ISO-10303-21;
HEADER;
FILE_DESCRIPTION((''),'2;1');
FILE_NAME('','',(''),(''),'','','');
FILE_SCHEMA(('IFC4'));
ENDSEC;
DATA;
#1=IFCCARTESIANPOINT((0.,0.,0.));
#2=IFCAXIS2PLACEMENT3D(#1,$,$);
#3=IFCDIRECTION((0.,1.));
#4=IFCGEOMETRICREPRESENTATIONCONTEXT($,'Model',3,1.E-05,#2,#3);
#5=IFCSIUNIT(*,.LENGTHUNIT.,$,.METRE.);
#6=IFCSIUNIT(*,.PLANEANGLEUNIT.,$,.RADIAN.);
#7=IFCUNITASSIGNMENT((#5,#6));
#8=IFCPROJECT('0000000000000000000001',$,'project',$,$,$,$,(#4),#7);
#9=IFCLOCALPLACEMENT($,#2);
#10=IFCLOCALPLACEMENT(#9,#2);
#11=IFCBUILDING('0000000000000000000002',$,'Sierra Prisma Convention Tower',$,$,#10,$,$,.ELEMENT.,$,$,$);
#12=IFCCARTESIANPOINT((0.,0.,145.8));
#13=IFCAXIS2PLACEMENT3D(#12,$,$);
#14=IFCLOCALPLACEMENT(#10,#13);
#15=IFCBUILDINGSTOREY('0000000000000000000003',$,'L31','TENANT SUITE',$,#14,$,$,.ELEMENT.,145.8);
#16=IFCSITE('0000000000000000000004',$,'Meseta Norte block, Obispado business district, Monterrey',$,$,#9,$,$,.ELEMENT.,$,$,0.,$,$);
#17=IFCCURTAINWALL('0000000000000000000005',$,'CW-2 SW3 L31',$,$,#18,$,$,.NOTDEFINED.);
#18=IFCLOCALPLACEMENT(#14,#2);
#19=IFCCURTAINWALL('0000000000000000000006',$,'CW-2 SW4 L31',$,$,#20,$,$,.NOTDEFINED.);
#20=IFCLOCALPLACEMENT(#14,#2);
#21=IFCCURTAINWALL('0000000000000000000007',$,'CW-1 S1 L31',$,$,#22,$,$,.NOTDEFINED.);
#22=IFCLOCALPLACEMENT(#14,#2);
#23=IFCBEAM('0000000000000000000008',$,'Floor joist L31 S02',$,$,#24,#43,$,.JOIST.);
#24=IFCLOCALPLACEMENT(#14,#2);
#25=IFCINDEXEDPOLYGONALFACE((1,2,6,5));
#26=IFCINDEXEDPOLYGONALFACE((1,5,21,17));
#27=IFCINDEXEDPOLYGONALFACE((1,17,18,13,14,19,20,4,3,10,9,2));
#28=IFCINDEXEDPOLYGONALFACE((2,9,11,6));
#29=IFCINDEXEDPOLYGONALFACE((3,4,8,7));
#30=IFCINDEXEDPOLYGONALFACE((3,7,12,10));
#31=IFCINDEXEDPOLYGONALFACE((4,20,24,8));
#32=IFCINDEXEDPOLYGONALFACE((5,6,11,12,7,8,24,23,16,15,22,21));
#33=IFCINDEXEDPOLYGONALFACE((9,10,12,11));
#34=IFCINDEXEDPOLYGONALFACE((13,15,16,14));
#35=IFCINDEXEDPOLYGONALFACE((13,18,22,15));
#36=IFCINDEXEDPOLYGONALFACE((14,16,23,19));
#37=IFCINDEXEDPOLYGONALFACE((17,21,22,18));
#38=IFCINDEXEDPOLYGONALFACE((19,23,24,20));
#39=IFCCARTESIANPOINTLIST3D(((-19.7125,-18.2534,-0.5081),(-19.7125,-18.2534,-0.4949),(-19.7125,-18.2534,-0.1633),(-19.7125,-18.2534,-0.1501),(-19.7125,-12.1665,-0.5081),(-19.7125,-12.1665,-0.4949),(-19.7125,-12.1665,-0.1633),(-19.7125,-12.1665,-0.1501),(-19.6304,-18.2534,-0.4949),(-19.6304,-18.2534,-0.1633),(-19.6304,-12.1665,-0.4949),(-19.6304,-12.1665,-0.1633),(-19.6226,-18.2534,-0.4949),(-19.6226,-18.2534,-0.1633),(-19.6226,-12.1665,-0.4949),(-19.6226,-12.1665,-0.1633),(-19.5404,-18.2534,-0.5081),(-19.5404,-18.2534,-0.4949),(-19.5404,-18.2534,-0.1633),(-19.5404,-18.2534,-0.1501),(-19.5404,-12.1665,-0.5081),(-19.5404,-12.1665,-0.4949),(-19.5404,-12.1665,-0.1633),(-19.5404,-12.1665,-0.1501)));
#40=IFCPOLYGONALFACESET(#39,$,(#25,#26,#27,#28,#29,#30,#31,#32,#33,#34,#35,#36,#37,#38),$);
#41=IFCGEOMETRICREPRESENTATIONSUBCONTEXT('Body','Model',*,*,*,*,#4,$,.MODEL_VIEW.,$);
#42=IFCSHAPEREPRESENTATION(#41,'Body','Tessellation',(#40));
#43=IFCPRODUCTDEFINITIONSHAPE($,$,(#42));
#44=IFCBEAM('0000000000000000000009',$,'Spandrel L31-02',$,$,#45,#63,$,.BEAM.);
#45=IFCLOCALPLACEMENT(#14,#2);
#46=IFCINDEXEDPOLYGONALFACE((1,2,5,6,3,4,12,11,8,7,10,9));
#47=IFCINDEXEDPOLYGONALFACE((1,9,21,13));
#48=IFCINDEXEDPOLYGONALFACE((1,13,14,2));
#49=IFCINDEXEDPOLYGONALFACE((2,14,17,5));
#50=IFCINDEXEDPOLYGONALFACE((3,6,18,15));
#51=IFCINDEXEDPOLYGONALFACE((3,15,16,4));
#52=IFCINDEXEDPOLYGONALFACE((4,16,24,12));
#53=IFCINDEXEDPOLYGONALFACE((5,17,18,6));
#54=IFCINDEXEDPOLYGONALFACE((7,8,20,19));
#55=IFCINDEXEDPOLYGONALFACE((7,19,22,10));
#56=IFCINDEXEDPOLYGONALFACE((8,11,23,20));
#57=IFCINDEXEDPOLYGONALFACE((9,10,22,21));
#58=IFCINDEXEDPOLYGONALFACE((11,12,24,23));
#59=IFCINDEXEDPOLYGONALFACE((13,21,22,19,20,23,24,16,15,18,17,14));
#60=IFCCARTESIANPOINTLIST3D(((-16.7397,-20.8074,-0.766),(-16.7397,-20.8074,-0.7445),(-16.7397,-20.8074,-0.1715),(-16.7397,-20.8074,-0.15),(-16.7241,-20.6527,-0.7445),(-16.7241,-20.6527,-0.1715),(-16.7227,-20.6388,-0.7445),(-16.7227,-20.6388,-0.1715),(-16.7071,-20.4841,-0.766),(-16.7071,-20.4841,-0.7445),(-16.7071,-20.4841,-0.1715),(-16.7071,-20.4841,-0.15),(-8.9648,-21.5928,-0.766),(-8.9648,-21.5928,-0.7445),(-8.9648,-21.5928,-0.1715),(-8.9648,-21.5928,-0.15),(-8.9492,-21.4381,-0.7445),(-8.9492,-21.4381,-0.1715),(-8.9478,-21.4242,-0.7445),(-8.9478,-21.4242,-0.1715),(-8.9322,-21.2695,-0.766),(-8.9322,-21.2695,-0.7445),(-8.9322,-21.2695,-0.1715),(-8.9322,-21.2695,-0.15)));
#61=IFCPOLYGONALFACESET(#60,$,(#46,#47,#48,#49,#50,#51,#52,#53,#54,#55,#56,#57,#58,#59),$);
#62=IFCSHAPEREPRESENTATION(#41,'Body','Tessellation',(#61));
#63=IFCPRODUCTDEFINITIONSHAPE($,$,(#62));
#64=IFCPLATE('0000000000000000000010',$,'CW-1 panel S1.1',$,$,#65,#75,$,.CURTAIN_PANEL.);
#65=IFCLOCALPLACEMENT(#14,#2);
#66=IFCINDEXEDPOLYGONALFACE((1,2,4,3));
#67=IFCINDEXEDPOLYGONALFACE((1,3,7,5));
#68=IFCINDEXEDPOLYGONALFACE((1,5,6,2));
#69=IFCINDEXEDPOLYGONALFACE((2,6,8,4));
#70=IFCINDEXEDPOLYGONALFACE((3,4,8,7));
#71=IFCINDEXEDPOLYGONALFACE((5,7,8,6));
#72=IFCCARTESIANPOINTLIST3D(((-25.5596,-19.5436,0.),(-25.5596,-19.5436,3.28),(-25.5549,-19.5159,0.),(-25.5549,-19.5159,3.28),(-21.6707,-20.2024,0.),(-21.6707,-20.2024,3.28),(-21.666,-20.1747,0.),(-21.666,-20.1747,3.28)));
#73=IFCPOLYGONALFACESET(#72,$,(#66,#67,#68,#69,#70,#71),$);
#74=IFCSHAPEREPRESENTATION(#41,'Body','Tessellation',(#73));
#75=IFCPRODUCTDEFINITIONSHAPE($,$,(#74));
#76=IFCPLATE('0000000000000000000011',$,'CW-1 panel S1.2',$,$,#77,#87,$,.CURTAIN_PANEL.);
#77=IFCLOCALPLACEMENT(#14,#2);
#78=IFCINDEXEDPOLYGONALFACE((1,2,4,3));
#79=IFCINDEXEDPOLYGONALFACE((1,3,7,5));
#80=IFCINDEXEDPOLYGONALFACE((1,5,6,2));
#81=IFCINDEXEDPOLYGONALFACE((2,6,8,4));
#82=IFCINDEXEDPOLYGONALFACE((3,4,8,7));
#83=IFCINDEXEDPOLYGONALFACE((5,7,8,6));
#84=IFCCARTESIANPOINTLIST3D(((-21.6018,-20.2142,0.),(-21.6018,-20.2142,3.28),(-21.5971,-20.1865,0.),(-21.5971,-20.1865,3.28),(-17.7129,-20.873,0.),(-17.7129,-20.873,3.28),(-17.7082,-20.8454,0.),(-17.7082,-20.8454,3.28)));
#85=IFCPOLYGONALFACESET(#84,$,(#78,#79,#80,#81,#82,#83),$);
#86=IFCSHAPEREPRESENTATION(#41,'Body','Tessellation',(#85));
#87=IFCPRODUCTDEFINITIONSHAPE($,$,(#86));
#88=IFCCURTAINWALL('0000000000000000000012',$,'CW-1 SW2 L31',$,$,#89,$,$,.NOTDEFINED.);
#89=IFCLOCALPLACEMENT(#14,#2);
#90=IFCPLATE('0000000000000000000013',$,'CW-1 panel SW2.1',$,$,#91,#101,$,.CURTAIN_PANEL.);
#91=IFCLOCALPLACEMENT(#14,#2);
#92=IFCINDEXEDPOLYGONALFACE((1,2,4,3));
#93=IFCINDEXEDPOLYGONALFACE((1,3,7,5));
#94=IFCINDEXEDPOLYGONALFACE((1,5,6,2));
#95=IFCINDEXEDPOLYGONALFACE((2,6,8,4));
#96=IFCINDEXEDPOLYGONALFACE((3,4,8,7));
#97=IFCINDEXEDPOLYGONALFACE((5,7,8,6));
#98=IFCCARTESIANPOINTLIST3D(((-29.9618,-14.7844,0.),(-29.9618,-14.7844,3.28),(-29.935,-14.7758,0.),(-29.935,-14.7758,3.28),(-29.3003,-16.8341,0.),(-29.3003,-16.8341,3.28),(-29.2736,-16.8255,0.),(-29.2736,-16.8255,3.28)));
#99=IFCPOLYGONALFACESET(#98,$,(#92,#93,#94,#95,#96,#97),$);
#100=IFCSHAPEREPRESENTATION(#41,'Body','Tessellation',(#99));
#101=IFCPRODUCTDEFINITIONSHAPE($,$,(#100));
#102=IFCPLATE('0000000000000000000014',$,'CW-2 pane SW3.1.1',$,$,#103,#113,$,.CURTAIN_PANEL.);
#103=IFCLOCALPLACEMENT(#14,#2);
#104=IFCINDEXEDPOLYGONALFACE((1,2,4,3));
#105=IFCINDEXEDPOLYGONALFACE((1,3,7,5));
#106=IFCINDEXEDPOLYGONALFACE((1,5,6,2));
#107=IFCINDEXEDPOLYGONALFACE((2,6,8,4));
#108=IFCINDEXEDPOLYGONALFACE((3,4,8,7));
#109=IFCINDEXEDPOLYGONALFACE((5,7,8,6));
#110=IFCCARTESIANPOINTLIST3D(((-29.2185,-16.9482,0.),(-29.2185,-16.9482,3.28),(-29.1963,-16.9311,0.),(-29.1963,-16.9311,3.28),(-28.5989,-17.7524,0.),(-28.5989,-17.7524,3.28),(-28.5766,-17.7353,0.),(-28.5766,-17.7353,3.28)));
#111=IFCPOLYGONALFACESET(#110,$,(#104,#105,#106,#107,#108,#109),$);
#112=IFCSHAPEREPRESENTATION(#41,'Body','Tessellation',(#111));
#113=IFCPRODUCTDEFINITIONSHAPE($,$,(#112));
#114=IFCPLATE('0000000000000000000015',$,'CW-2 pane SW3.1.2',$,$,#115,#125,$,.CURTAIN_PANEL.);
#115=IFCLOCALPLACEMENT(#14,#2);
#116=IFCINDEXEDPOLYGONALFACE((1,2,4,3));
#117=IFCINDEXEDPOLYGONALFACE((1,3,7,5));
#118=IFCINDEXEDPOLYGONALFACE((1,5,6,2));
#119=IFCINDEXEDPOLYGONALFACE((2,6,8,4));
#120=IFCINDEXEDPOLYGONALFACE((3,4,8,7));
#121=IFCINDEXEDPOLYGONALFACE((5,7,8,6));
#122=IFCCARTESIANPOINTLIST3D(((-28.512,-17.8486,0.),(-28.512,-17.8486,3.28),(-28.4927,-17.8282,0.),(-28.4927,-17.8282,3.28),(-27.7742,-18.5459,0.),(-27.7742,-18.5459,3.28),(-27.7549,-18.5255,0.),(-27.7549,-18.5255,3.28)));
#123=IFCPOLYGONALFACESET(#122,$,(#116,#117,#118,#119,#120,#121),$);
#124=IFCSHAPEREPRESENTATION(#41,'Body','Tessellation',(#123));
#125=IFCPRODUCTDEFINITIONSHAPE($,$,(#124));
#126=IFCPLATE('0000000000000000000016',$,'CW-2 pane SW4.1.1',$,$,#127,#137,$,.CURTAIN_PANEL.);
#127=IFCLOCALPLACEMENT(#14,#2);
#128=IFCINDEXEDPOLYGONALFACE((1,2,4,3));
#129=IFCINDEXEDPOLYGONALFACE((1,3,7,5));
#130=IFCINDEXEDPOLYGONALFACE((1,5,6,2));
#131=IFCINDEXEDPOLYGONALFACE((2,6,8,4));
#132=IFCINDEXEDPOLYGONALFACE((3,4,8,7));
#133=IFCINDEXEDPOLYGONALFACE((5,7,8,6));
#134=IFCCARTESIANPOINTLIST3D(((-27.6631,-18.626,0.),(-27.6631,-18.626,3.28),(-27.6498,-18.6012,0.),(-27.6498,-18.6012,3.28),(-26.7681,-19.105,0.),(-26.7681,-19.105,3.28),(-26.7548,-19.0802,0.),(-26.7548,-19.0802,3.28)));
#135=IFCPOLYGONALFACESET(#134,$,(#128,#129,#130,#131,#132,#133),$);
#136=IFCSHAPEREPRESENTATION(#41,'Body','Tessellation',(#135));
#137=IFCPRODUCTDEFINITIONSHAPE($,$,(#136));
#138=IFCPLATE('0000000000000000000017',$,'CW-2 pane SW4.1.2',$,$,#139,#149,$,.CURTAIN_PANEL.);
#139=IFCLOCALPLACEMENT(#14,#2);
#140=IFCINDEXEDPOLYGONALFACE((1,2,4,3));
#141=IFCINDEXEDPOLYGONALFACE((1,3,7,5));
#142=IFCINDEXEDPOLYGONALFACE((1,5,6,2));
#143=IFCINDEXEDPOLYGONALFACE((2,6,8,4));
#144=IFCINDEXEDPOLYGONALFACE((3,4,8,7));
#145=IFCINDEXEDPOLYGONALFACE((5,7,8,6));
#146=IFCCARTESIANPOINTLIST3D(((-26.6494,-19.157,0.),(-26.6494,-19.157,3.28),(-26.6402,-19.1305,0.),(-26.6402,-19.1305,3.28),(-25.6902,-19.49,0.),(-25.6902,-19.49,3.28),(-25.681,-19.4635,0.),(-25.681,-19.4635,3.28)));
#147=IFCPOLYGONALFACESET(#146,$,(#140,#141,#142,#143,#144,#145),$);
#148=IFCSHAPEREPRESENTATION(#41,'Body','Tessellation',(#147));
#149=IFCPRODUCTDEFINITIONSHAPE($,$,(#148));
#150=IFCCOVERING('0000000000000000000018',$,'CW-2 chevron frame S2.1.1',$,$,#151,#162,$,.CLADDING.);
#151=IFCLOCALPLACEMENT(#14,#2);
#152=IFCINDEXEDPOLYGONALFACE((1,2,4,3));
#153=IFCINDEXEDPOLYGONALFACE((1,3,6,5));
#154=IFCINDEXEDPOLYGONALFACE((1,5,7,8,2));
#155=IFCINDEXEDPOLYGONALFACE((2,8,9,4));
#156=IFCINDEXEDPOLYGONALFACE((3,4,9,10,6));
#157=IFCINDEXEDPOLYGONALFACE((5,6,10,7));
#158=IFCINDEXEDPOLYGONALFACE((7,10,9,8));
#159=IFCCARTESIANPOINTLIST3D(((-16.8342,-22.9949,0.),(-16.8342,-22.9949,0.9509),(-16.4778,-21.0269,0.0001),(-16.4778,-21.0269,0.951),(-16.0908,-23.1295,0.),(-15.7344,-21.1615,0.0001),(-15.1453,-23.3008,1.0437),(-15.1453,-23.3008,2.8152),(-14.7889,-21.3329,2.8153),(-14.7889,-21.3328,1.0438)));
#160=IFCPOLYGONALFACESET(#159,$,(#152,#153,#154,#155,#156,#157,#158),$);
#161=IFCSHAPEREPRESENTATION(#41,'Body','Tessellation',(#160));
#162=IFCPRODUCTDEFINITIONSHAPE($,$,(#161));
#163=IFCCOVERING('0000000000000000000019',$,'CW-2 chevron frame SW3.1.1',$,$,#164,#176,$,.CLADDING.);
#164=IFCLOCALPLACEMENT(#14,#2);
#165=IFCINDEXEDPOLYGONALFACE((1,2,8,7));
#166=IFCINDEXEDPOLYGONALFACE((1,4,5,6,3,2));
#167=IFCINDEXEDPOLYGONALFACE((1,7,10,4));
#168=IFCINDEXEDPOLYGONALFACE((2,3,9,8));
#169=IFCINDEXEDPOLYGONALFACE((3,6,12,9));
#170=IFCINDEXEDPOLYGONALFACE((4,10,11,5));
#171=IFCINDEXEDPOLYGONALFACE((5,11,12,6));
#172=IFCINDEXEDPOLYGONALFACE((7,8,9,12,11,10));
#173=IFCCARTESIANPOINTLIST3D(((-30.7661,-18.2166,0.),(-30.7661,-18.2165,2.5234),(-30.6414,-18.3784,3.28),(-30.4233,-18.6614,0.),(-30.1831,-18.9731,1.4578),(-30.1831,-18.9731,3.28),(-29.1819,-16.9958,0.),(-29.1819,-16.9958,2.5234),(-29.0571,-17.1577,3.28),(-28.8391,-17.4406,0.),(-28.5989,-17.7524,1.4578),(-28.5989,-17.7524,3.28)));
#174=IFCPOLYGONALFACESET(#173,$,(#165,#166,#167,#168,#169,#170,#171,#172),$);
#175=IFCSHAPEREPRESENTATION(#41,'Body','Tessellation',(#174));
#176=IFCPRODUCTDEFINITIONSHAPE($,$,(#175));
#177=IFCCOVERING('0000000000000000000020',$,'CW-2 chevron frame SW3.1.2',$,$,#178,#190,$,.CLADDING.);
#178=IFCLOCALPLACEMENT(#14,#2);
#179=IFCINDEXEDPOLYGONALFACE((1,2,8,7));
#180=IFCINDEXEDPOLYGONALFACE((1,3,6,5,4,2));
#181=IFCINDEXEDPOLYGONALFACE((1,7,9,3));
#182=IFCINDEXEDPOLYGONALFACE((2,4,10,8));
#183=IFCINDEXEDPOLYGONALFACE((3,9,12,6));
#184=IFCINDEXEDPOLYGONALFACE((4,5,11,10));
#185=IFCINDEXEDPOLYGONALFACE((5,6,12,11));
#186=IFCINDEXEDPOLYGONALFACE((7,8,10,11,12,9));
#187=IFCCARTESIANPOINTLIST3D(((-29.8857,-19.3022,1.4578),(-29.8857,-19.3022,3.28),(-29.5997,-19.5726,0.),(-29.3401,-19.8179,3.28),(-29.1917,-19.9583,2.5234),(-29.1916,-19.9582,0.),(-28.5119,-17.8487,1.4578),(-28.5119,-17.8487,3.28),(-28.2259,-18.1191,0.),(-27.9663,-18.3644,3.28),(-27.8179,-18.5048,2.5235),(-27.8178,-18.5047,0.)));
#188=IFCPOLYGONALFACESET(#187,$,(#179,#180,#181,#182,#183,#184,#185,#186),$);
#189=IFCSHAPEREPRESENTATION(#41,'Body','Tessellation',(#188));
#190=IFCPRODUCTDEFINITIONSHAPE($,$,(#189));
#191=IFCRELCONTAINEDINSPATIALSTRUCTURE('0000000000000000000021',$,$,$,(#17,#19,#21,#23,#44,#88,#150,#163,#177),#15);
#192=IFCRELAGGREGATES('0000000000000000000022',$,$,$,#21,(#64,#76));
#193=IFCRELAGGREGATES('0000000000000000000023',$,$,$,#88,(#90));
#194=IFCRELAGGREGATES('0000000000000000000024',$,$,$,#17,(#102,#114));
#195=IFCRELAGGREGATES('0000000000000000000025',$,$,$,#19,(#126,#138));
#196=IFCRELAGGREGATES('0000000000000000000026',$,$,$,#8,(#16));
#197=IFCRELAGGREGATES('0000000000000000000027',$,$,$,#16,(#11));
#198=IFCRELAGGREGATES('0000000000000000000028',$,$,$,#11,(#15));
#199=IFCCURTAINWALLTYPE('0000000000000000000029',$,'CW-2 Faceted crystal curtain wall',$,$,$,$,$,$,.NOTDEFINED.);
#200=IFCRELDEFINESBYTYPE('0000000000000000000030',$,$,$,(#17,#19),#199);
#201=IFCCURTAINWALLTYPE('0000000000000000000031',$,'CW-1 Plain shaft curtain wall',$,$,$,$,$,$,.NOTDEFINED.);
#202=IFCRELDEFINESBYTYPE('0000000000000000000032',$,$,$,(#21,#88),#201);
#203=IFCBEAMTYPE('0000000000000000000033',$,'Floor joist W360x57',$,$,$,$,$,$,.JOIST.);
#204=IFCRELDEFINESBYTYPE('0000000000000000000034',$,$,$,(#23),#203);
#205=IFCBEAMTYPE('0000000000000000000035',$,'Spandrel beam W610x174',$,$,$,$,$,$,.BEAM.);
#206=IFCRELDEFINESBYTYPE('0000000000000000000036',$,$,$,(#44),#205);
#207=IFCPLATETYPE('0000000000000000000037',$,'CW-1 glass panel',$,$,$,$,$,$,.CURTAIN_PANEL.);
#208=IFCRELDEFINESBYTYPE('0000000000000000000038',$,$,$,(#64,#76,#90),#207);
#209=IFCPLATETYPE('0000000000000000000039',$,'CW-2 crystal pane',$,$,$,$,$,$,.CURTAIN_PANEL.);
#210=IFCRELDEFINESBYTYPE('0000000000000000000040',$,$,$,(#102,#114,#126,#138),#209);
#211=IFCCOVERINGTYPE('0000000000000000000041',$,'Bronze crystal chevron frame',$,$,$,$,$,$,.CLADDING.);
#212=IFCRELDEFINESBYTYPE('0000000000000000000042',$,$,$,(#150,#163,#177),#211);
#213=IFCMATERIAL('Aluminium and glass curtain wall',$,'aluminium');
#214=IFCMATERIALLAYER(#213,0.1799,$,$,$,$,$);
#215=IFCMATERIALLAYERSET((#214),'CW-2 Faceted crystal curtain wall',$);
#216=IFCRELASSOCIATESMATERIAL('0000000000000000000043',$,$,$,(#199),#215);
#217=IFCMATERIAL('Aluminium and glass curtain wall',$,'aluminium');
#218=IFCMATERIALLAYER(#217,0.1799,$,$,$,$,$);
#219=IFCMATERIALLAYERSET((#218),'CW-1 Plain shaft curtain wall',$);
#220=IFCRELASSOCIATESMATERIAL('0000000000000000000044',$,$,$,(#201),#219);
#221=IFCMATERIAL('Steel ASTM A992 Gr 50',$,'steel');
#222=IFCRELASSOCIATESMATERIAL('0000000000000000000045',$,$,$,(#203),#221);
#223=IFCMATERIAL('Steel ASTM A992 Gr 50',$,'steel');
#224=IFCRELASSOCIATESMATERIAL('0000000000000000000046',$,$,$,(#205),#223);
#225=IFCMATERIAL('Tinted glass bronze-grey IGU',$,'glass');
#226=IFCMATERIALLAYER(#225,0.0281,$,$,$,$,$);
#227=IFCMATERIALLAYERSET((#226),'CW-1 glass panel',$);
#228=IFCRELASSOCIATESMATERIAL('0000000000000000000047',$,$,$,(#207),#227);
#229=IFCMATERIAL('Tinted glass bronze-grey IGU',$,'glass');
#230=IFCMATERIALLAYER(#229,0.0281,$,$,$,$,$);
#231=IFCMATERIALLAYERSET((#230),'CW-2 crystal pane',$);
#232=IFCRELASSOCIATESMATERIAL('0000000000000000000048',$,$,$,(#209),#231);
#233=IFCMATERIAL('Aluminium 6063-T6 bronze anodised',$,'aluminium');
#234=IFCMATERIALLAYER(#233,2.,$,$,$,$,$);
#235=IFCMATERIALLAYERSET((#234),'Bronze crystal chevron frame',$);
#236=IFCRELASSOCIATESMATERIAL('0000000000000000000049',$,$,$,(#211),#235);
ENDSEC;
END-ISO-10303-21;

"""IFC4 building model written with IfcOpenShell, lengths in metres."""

from ifc_helpers import new_model, si_unit, direction, frame, origin, origin_2d, place, context, subcontext, project, spatial, polyline, rectangle, i_section, outline, extrude, material, layer, layer_set, material_profile, profile_set, type_object, element, aggregate, save


model = new_model("IFC4")

# Units and contexts
model_context = context("Model", 3, precision=1e-05, world=origin(), true_north=direction((0.0, 1.0)))
body_context = subcontext(model_context, "Body", "Model", "MODEL_VIEW")
ifc_project = project(units=[si_unit("LENGTHUNIT", "METRE"), si_unit("PLANEANGLEUNIT", "RADIAN")], contexts=[model_context])

# Site, building, storey
site_placement = place(None, origin())
site = spatial("IfcSite", under=ifc_project, at=site_placement, Name="Meseta Norte block, Obispado business district, Monterrey", CompositionType="ELEMENT", RefElevation=0.0)
building_placement = place(site_placement, origin())
building = spatial("IfcBuilding", under=site, at=building_placement, Name="Sierra Prisma Convention Tower", CompositionType="ELEMENT")
storey_placement = place(building_placement, frame((0.0, 0.0, 145.8)))
storey = spatial("IfcBuildingStorey", under=building, at=storey_placement, Name="L31", Description="TENANT SUITE", CompositionType="ELEMENT", Elevation=145.8)

# Curtain walls
ifc_material_1 = material(Name="Aluminium and glass curtain wall", Category="aluminium")
ifc_layer_1 = layer(ifc_material_1, 0.1799)
ifc_layer_set_1 = layer_set([ifc_layer_1], Name="CW-2 Faceted crystal curtain wall")
curtain_wall_type_1 = type_object("IfcCurtainWallType", Name="CW-2 Faceted crystal curtain wall", PredefinedType="NOTDEFINED", material=ifc_layer_set_1)
curtain_wall_1_placement = place(storey_placement, origin())
curtain_wall_1 = element("IfcCurtainWall", 1, at=curtain_wall_1_placement, inside=storey, type_object=curtain_wall_type_1, Name="CW-2 SW3 L31", PredefinedType="NOTDEFINED")
curtain_wall_2_placement = place(storey_placement, origin())
curtain_wall_2 = element("IfcCurtainWall", 2, at=curtain_wall_2_placement, inside=storey, type_object=curtain_wall_type_1, Name="CW-2 SW4 L31", PredefinedType="NOTDEFINED")

# Curtain wall
ifc_material_2 = material(Name="Aluminium and glass curtain wall", Category="aluminium")
ifc_layer_2 = layer(ifc_material_2, 0.1799)
ifc_layer_set_2 = layer_set([ifc_layer_2], Name="CW-1 Plain shaft curtain wall")
curtain_wall_type_2 = type_object("IfcCurtainWallType", Name="CW-1 Plain shaft curtain wall", PredefinedType="NOTDEFINED", material=ifc_layer_set_2)
curtain_wall_3_placement = place(storey_placement, origin())
curtain_wall_3 = element("IfcCurtainWall", 3, at=curtain_wall_3_placement, inside=storey, type_object=curtain_wall_type_2, Name="CW-1 S1 L31", PredefinedType="NOTDEFINED")

# Beams
ifc_material_3 = material(Name="Steel ASTM A992 Gr 50", Category="steel")
ifc_material_profile_1 = material_profile(ifc_material_3, i_section(OverallWidth=0.1721, OverallDepth=0.3579, WebThickness=0.0078, FlangeThickness=0.0132, at=origin_2d()), Name="W360x57")
ifc_profile_set_1 = profile_set([ifc_material_profile_1], Name="Steel ASTM A992 Gr 50")
beam_type_1 = type_object("IfcBeamType", Name="Floor joist W360x57", PredefinedType="JOIST", material=ifc_profile_set_1)
beam_1_placement = place(storey_placement, frame((-19.6265, -18.2534, -0.3291), z_axis=(0.0, 1.0, 0.0), x_axis=(-1.0, 0.0, 0.0)))
element("IfcBeam", 4, at=beam_1_placement, inside=storey, type_object=beam_type_1, Name="Floor joist L31 S02", PredefinedType="JOIST", context=body_context, shape_type="SweptSolid", body=[
    extrude(i_section(OverallWidth=0.1721, OverallDepth=0.3579, WebThickness=0.0078, FlangeThickness=0.0132, at=origin_2d()), origin(), (0.0, 0.0, 1.0), 6.0869),
])
ifc_material_4 = material(Name="Steel ASTM A992 Gr 50", Category="steel")
ifc_material_profile_2 = material_profile(ifc_material_4, i_section(OverallWidth=0.325, OverallDepth=0.616, WebThickness=0.0139, FlangeThickness=0.0215, at=origin_2d()), Name="W610x174")
ifc_profile_set_2 = profile_set([ifc_material_profile_2], Name="Steel ASTM A992 Gr 50")
beam_type_2 = type_object("IfcBeamType", Name="Spandrel beam W610x174", PredefinedType="BEAM", material=ifc_profile_set_2)
beam_2_placement = place(storey_placement, frame((-16.7234, -20.6458, -0.458), z_axis=(0.994936, -0.100506, 0.0), x_axis=(0.100506, 0.994936, 0.0)))
element("IfcBeam", 5, at=beam_2_placement, inside=storey, type_object=beam_type_2, Name="Spandrel L31-02", PredefinedType="BEAM", context=body_context, shape_type="SweptSolid", body=[
    extrude(i_section(OverallWidth=0.325, OverallDepth=0.616, WebThickness=0.0139, FlangeThickness=0.0215, at=origin_2d()), origin(), (0.0, 0.0, 1.0), 7.8145),
])

# Plates
ifc_material_5 = material(Name="Tinted glass bronze-grey IGU", Category="glass")
ifc_layer_3 = layer(ifc_material_5, 0.0281)
ifc_layer_set_3 = layer_set([ifc_layer_3], Name="CW-1 glass panel")
plate_type_1 = type_object("IfcPlateType", Name="CW-1 glass panel", PredefinedType="CURTAIN_PANEL", material=ifc_layer_set_3)
plate_1_placement = place(storey_placement, frame((-23.6128, -19.8591, 0.0), z_axis=(0.0, 0.0, 1.0), x_axis=(0.985952, -0.167027, 0.0)))
plate_1 = element("IfcPlate", 6, at=plate_1_placement, type_object=plate_type_1, Name="CW-1 panel S1.1", PredefinedType="CURTAIN_PANEL", context=body_context, shape_type="SweptSolid", body=[
    extrude(rectangle(XDim=3.9443, YDim=0.0281, at=origin_2d()), origin(), (0.0, 0.0, 1.0), 3.28),
])
plate_2_placement = place(storey_placement, frame((-19.655, -20.5298, 0.0), z_axis=(0.0, 0.0, 1.0), x_axis=(0.985952, -0.167027, 0.0)))
plate_2 = element("IfcPlate", 7, at=plate_2_placement, type_object=plate_type_1, Name="CW-1 panel S1.2", PredefinedType="CURTAIN_PANEL", context=body_context, shape_type="SweptSolid", body=[
    extrude(rectangle(XDim=3.9443, YDim=0.0281, at=origin_2d()), origin(), (0.0, 0.0, 1.0), 3.28),
])
aggregate(curtain_wall_3, [plate_1, plate_2])

# Curtain wall, plate
curtain_wall_4_placement = place(storey_placement, origin())
curtain_wall_4 = element("IfcCurtainWall", 8, at=curtain_wall_4_placement, inside=storey, type_object=curtain_wall_type_2, Name="CW-1 SW2 L31", PredefinedType="NOTDEFINED")
plate_3_placement = place(storey_placement, frame((-29.6177, -15.8049, 0.0), z_axis=(0.0, 0.0, 1.0), x_axis=(0.307099, -0.951677, 0.0)))
plate_3 = element("IfcPlate", 9, at=plate_3_placement, type_object=plate_type_1, Name="CW-1 panel SW2.1", PredefinedType="CURTAIN_PANEL", context=body_context, shape_type="SweptSolid", body=[
    extrude(rectangle(XDim=2.1538, YDim=0.0281, at=origin_2d()), origin(), (0.0, 0.0, 1.0), 3.28),
])
aggregate(curtain_wall_4, [plate_3])

# Plates
ifc_material_6 = material(Name="Tinted glass bronze-grey IGU", Category="glass")
ifc_layer_4 = layer(ifc_material_6, 0.0281)
ifc_layer_set_4 = layer_set([ifc_layer_4], Name="CW-2 crystal pane")
plate_type_2 = type_object("IfcPlateType", Name="CW-2 crystal pane", PredefinedType="CURTAIN_PANEL", material=ifc_layer_set_4)
plate_4_placement = place(storey_placement, frame((-29.2185, -16.9482, 0.0), z_axis=(-0.792141, -0.610338, 0.0), x_axis=(0.610338, -0.792141, 0.0)))
plate_4 = element("IfcPlate", 10, at=plate_4_placement, type_object=plate_type_2, Name="CW-2 pane SW3.1.1", PredefinedType="CURTAIN_PANEL", context=body_context, shape_type="SweptSolid", body=[
    extrude(outline(polyline([(0.0, 0.0), (1.0152, 0.0), (1.0152, 3.28), (0.0, 3.28), (0.0, 0.0)])), origin(), (0.0, 0.0, -1.0), 0.0281),
])
plate_5_placement = place(storey_placement, frame((-27.7742, -18.5459, 0.0), z_axis=(-0.686864, -0.726786, 0.0), x_axis=(-0.726786, 0.686864, 0.0)))
plate_5 = element("IfcPlate", 11, at=plate_5_placement, type_object=plate_type_2, Name="CW-2 pane SW3.1.2", PredefinedType="CURTAIN_PANEL", context=body_context, shape_type="SweptSolid", body=[
    extrude(outline(polyline([(0.0, 0.0), (1.0151, 0.0), (1.0151, -3.28), (0.0, -3.28), (0.0, 0.0)])), origin(), (0.0, 0.0, -1.0), 0.0281),
])
aggregate(curtain_wall_1, [plate_4, plate_5])
plate_6_placement = place(storey_placement, frame((-27.6631, -18.626, 0.0), z_axis=(-0.471861, -0.881673, 0.0), x_axis=(0.881673, -0.471861, 0.0)))
plate_6 = element("IfcPlate", 12, at=plate_6_placement, type_object=plate_type_2, Name="CW-2 pane SW4.1.1", PredefinedType="CURTAIN_PANEL", context=body_context, shape_type="SweptSolid", body=[
    extrude(outline(polyline([(0.0, 0.0), (1.0151, 0.0), (1.0151, 3.28), (0.0, 3.28), (0.0, 0.0)])), origin(), (0.0, 0.0, -1.0), 0.0281),
])
plate_7_placement = place(storey_placement, frame((-25.6902, -19.49, 0.0), z_axis=(-0.327961, -0.944691, 0.0), x_axis=(-0.944691, 0.327961, 0.0)))
plate_7 = element("IfcPlate", 13, at=plate_7_placement, type_object=plate_type_2, Name="CW-2 pane SW4.1.2", PredefinedType="CURTAIN_PANEL", context=body_context, shape_type="SweptSolid", body=[
    extrude(outline(polyline([(0.0, 0.0), (1.0154, 0.0), (1.0154, -3.28), (0.0, -3.28), (0.0, 0.0)])), origin(), (0.0, 0.0, -1.0), 0.0281),
])
aggregate(curtain_wall_2, [plate_6, plate_7])

# Coverings
ifc_material_7 = material(Name="Aluminium 6063-T6 bronze anodised", Category="aluminium")
ifc_layer_5 = layer(ifc_material_7, 2.0)
ifc_layer_set_5 = layer_set([ifc_layer_5], Name="Bronze crystal chevron frame")
covering_type = type_object("IfcCoveringType", Name="Bronze crystal chevron frame", PredefinedType="CLADDING", material=ifc_layer_set_5)
covering_1_placement = place(storey_placement, frame((-16.8342, -22.9949, 0.0), z_axis=(-0.178199, -0.983995, -0.000039), x_axis=(0.983995, -0.178199, 0.0)))
element("IfcCovering", 14, at=covering_1_placement, inside=storey, type_object=covering_type, Name="CW-2 chevron frame S2.1.1", PredefinedType="CLADDING", context=body_context, shape_type="SweptSolid", body=[
    extrude(outline(polyline([(0.0, 0.0), (0.7555, 0.0), (1.7164, 1.0437), (1.7164, 2.8152), (0.0, 0.9509), (0.0, 0.0)])), origin(), (0.0, 0.0, -1.0), 2.0),
])
covering_2_placement = place(storey_placement, frame((-30.7661, -18.2166, 0.0), z_axis=(-0.792112, -0.610376, 0.000003), x_axis=(0.610376, -0.792112, 0.0)))
element("IfcCovering", 15, at=covering_2_placement, inside=storey, type_object=covering_type, Name="CW-2 chevron frame SW3.1.1", PredefinedType="CLADDING", context=body_context, shape_type="SweptSolid", body=[
    extrude(outline(polyline([(0.0, 0.0), (0.5616, 0.0), (0.9552, 1.4578), (0.9552, 3.28), (0.2044, 3.28), (0.0, 2.5234), (0.0, 0.0)])), origin(), (0.0, 0.0, -1.0), 2.0),
])
covering_3_placement = place(storey_placement, frame((-29.8857, -19.3022, 3.28), z_axis=(-0.686903, -0.726749, -0.00001), x_axis=(0.000007, 0.000007, -1.0)))
element("IfcCovering", 16, at=covering_3_placement, inside=storey, type_object=covering_type, Name="CW-2 chevron frame SW3.1.2", PredefinedType="CLADDING", context=body_context, shape_type="SweptSolid", body=[
    extrude(outline(polyline([(0.0, 0.0), (1.8223, 0.0), (3.28, 0.3936), (3.28, 0.955), (0.7566, 0.955), (0.0, 0.7507), (0.0, 0.0)])), origin(), (0.0, 0.0, -1.0), 2.0),
])

save(model, "model.ifc")
